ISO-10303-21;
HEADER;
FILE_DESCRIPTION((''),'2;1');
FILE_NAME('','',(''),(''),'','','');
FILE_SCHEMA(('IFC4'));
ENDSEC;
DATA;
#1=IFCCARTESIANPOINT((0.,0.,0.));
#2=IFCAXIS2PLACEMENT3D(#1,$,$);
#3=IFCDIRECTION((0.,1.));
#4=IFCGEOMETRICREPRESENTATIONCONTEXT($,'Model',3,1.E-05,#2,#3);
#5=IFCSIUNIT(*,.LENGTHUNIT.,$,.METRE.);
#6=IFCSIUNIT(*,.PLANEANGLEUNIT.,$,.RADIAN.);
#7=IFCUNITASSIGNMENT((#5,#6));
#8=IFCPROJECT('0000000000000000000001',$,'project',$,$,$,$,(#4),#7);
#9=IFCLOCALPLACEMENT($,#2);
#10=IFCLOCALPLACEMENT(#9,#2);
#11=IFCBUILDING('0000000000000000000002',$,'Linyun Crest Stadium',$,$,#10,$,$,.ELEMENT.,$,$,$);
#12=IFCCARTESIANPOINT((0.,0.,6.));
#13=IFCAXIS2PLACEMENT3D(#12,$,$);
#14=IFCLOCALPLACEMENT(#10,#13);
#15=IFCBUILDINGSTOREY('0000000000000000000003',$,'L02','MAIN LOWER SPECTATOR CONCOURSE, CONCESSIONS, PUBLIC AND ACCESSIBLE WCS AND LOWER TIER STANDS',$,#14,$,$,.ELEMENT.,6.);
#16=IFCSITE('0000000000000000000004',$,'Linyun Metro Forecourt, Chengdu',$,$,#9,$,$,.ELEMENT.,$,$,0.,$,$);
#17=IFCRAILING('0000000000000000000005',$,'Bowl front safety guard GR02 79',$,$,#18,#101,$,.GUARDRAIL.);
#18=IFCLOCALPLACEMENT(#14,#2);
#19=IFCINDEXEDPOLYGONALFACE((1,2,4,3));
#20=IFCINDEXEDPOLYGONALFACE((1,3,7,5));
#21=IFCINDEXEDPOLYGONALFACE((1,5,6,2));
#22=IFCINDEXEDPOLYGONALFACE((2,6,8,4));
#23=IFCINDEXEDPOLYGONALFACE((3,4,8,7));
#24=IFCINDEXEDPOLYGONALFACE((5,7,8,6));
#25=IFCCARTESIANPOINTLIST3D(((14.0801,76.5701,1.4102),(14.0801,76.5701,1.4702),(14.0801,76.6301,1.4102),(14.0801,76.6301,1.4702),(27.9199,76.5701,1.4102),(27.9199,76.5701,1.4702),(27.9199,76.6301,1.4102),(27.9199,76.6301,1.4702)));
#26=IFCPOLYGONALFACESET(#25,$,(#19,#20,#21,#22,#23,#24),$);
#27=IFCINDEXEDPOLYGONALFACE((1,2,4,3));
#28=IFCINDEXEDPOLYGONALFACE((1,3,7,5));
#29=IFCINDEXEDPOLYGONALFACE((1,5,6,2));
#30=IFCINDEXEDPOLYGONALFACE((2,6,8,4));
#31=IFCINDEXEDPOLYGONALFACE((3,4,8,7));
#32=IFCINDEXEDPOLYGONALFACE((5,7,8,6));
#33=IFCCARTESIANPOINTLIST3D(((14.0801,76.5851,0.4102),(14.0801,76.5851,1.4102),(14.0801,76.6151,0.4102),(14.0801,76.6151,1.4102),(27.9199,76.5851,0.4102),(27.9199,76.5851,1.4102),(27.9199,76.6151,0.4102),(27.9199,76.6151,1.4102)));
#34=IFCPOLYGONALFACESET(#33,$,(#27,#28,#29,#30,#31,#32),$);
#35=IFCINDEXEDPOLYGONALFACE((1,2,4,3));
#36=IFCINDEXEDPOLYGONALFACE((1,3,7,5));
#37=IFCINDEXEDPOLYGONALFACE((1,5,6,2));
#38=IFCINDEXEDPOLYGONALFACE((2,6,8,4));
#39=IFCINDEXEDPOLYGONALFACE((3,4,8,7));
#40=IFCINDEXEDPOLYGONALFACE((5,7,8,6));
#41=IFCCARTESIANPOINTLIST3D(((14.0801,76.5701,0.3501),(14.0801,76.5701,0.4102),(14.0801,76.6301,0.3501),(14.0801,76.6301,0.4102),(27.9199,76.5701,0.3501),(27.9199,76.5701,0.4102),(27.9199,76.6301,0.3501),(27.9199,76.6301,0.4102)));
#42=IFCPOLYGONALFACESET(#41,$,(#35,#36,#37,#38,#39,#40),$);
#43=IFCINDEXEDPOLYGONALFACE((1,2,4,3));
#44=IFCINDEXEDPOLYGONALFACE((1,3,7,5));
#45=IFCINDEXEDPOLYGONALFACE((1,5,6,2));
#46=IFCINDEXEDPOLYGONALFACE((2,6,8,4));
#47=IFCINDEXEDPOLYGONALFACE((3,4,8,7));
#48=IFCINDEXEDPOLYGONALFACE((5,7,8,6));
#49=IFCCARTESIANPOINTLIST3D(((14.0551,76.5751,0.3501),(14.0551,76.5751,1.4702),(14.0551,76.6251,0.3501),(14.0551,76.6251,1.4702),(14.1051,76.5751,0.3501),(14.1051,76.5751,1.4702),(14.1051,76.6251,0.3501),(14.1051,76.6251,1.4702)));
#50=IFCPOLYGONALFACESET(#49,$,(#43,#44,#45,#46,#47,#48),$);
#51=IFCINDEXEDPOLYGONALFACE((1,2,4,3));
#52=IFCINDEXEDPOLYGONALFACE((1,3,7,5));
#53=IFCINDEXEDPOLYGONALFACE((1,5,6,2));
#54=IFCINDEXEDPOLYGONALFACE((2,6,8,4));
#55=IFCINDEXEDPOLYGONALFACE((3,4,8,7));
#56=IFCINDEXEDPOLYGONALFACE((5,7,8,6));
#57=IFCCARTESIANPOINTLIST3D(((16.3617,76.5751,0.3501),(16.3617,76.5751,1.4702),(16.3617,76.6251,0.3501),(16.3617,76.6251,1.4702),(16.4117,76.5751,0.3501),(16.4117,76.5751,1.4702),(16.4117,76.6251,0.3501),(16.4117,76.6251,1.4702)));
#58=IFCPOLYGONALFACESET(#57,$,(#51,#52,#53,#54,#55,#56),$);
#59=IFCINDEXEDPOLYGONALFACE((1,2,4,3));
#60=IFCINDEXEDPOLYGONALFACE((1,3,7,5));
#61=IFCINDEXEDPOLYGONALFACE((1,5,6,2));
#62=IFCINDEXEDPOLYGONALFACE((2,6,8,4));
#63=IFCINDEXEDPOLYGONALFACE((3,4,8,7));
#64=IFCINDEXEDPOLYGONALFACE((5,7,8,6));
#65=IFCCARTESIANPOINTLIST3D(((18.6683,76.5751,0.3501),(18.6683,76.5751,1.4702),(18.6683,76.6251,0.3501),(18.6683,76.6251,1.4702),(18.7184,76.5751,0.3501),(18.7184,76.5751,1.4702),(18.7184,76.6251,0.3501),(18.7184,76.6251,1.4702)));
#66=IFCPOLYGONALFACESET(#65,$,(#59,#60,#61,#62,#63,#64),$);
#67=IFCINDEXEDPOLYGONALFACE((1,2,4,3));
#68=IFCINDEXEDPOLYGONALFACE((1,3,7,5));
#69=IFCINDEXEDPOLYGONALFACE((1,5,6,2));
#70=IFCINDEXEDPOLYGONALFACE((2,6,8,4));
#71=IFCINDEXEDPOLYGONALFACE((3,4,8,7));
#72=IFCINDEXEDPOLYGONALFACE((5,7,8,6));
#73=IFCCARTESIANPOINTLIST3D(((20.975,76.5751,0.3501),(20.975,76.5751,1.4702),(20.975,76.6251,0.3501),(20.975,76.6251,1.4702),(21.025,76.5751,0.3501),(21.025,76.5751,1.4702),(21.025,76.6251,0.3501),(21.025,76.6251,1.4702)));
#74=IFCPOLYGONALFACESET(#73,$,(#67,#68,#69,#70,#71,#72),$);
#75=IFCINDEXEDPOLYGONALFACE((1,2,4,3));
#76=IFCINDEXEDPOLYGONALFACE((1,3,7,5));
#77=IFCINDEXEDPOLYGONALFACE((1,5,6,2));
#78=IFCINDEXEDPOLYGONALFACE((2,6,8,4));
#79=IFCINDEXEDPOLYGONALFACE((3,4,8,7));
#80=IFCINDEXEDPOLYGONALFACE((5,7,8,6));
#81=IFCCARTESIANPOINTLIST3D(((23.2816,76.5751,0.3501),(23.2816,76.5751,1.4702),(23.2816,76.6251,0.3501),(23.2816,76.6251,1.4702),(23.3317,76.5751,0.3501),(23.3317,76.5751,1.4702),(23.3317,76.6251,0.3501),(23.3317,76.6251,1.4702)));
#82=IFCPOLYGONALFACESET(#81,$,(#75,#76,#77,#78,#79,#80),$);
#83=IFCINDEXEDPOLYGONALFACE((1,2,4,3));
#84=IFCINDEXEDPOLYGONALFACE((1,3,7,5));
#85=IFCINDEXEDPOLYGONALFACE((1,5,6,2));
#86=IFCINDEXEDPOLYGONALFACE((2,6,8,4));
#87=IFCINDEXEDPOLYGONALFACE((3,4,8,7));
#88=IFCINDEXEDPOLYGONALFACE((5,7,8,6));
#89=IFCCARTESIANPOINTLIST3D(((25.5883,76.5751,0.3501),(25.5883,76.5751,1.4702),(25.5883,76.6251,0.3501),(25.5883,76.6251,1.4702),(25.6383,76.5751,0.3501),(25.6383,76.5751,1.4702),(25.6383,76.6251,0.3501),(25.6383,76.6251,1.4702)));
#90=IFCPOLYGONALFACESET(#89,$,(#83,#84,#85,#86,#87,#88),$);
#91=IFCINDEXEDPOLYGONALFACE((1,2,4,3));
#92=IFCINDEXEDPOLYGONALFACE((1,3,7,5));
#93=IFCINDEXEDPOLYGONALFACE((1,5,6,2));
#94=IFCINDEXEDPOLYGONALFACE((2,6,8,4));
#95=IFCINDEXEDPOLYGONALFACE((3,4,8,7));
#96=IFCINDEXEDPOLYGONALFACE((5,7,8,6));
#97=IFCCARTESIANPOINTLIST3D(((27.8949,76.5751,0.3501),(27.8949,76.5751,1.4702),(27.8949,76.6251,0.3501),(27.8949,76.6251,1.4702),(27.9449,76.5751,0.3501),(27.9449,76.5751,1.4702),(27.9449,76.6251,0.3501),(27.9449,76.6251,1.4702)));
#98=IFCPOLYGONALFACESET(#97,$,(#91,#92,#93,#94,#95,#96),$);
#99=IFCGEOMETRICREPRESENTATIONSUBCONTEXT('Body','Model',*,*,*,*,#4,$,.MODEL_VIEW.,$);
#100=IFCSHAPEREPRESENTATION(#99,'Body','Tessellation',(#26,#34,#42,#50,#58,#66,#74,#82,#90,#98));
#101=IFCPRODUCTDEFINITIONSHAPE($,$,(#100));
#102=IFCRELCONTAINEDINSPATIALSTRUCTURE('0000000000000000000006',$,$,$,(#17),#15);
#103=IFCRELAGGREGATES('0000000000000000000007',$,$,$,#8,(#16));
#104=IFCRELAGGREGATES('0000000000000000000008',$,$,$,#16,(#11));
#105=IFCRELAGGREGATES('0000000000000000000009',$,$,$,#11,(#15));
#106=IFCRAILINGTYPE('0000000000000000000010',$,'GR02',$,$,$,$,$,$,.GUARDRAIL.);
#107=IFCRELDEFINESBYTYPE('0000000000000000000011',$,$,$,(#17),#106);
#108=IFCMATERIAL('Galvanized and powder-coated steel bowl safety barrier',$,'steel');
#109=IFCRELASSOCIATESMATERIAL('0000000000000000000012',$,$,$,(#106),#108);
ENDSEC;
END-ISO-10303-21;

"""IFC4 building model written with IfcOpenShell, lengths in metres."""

from ifc_helpers import new_model, si_unit, direction, frame, origin, origin_2d, place, context, subcontext, project, spatial, rectangle, extrude, material, type_object, element, save


model = new_model("IFC4")

# Units and contexts
model_context = context("Model", 3, precision=1e-05, world=origin(), true_north=direction((0.0, 1.0)))
body_context = subcontext(model_context, "Body", "Model", "MODEL_VIEW")
ifc_project = project(units=[si_unit("LENGTHUNIT", "METRE"), si_unit("PLANEANGLEUNIT", "RADIAN")], contexts=[model_context])

# Site, building, storey
site_placement = place(None, origin())
site = spatial("IfcSite", under=ifc_project, at=site_placement, Name="Linyun Metro Forecourt, Chengdu", CompositionType="ELEMENT", RefElevation=0.0)
building_placement = place(site_placement, origin())
building = spatial("IfcBuilding", under=site, at=building_placement, Name="Linyun Crest Stadium", CompositionType="ELEMENT")
storey_placement = place(building_placement, frame((0.0, 0.0, 6.0)))
storey = spatial("IfcBuildingStorey", under=building, at=storey_placement, Name="L02", Description="MAIN LOWER SPECTATOR CONCOURSE, CONCESSIONS, PUBLIC AND ACCESSIBLE WCS AND LOWER TIER STANDS", CompositionType="ELEMENT", Elevation=6.0)

# Railing
ifc_material_1 = material(Name="Galvanized and powder-coated steel bowl safety barrier", Category="steel")
railing_type = type_object("IfcRailingType", Name="GR02", PredefinedType="GUARDRAIL", material=ifc_material_1)
for number, where, name in (
    (1, (14.0801, 76.6001, 0.3501), "Bowl front safety guard GR02 79"),
):
    element("IfcRailing", number, at=place(storey_placement, frame(where)), inside=storey, type_object=railing_type, Name=name, PredefinedType="GUARDRAIL", context=body_context, shape_type="SweptSolid", body=[
        extrude(rectangle(XDim=0.0601, YDim=0.0601, at=origin_2d()), frame((0.0, 0.0, 1.0901), z_axis=(1.0, 0.0, 0.0), x_axis=(0.0, 1.0, 0.0)), (0.0, 0.0, 1.0), 13.8398),
        extrude(rectangle(XDim=0.03, YDim=1.0, at=origin_2d()), frame((0.0, 0.0, 0.5601), z_axis=(1.0, 0.0, 0.0), x_axis=(0.0, 1.0, 0.0)), (0.0, 0.0, 1.0), 13.8398),
        extrude(rectangle(XDim=0.0601, YDim=0.0601, at=origin_2d()), frame((0.0, 0.0, 0.03), z_axis=(1.0, 0.0, 0.0), x_axis=(0.0, 1.0, 0.0)), (0.0, 0.0, 1.0), 13.8398),
        extrude(rectangle(XDim=0.05, YDim=0.05, at=origin_2d()), origin(), (0.0, 0.0, 1.0), 1.1201),
        extrude(rectangle(XDim=0.05, YDim=0.05, at=origin_2d()), frame((2.3066, 0.0, 0.0)), (0.0, 0.0, 1.0), 1.1201),
        extrude(rectangle(XDim=0.05, YDim=0.05, at=origin_2d()), frame((4.6133, 0.0, 0.0)), (0.0, 0.0, 1.0), 1.1201),
        extrude(rectangle(XDim=0.05, YDim=0.05, at=origin_2d()), frame((6.9199, 0.0, 0.0)), (0.0, 0.0, 1.0), 1.1201),
        extrude(rectangle(XDim=0.05, YDim=0.05, at=origin_2d()), frame((9.2266, 0.0, 0.0)), (0.0, 0.0, 1.0), 1.1201),
        extrude(rectangle(XDim=0.05, YDim=0.05, at=origin_2d()), frame((11.5332, 0.0, 0.0)), (0.0, 0.0, 1.0), 1.1201),
        extrude(rectangle(XDim=0.05, YDim=0.05, at=origin_2d()), frame((13.8398, 0.0, 0.0)), (0.0, 0.0, 1.0), 1.1201),
    ])

save(model, "model.ifc")
